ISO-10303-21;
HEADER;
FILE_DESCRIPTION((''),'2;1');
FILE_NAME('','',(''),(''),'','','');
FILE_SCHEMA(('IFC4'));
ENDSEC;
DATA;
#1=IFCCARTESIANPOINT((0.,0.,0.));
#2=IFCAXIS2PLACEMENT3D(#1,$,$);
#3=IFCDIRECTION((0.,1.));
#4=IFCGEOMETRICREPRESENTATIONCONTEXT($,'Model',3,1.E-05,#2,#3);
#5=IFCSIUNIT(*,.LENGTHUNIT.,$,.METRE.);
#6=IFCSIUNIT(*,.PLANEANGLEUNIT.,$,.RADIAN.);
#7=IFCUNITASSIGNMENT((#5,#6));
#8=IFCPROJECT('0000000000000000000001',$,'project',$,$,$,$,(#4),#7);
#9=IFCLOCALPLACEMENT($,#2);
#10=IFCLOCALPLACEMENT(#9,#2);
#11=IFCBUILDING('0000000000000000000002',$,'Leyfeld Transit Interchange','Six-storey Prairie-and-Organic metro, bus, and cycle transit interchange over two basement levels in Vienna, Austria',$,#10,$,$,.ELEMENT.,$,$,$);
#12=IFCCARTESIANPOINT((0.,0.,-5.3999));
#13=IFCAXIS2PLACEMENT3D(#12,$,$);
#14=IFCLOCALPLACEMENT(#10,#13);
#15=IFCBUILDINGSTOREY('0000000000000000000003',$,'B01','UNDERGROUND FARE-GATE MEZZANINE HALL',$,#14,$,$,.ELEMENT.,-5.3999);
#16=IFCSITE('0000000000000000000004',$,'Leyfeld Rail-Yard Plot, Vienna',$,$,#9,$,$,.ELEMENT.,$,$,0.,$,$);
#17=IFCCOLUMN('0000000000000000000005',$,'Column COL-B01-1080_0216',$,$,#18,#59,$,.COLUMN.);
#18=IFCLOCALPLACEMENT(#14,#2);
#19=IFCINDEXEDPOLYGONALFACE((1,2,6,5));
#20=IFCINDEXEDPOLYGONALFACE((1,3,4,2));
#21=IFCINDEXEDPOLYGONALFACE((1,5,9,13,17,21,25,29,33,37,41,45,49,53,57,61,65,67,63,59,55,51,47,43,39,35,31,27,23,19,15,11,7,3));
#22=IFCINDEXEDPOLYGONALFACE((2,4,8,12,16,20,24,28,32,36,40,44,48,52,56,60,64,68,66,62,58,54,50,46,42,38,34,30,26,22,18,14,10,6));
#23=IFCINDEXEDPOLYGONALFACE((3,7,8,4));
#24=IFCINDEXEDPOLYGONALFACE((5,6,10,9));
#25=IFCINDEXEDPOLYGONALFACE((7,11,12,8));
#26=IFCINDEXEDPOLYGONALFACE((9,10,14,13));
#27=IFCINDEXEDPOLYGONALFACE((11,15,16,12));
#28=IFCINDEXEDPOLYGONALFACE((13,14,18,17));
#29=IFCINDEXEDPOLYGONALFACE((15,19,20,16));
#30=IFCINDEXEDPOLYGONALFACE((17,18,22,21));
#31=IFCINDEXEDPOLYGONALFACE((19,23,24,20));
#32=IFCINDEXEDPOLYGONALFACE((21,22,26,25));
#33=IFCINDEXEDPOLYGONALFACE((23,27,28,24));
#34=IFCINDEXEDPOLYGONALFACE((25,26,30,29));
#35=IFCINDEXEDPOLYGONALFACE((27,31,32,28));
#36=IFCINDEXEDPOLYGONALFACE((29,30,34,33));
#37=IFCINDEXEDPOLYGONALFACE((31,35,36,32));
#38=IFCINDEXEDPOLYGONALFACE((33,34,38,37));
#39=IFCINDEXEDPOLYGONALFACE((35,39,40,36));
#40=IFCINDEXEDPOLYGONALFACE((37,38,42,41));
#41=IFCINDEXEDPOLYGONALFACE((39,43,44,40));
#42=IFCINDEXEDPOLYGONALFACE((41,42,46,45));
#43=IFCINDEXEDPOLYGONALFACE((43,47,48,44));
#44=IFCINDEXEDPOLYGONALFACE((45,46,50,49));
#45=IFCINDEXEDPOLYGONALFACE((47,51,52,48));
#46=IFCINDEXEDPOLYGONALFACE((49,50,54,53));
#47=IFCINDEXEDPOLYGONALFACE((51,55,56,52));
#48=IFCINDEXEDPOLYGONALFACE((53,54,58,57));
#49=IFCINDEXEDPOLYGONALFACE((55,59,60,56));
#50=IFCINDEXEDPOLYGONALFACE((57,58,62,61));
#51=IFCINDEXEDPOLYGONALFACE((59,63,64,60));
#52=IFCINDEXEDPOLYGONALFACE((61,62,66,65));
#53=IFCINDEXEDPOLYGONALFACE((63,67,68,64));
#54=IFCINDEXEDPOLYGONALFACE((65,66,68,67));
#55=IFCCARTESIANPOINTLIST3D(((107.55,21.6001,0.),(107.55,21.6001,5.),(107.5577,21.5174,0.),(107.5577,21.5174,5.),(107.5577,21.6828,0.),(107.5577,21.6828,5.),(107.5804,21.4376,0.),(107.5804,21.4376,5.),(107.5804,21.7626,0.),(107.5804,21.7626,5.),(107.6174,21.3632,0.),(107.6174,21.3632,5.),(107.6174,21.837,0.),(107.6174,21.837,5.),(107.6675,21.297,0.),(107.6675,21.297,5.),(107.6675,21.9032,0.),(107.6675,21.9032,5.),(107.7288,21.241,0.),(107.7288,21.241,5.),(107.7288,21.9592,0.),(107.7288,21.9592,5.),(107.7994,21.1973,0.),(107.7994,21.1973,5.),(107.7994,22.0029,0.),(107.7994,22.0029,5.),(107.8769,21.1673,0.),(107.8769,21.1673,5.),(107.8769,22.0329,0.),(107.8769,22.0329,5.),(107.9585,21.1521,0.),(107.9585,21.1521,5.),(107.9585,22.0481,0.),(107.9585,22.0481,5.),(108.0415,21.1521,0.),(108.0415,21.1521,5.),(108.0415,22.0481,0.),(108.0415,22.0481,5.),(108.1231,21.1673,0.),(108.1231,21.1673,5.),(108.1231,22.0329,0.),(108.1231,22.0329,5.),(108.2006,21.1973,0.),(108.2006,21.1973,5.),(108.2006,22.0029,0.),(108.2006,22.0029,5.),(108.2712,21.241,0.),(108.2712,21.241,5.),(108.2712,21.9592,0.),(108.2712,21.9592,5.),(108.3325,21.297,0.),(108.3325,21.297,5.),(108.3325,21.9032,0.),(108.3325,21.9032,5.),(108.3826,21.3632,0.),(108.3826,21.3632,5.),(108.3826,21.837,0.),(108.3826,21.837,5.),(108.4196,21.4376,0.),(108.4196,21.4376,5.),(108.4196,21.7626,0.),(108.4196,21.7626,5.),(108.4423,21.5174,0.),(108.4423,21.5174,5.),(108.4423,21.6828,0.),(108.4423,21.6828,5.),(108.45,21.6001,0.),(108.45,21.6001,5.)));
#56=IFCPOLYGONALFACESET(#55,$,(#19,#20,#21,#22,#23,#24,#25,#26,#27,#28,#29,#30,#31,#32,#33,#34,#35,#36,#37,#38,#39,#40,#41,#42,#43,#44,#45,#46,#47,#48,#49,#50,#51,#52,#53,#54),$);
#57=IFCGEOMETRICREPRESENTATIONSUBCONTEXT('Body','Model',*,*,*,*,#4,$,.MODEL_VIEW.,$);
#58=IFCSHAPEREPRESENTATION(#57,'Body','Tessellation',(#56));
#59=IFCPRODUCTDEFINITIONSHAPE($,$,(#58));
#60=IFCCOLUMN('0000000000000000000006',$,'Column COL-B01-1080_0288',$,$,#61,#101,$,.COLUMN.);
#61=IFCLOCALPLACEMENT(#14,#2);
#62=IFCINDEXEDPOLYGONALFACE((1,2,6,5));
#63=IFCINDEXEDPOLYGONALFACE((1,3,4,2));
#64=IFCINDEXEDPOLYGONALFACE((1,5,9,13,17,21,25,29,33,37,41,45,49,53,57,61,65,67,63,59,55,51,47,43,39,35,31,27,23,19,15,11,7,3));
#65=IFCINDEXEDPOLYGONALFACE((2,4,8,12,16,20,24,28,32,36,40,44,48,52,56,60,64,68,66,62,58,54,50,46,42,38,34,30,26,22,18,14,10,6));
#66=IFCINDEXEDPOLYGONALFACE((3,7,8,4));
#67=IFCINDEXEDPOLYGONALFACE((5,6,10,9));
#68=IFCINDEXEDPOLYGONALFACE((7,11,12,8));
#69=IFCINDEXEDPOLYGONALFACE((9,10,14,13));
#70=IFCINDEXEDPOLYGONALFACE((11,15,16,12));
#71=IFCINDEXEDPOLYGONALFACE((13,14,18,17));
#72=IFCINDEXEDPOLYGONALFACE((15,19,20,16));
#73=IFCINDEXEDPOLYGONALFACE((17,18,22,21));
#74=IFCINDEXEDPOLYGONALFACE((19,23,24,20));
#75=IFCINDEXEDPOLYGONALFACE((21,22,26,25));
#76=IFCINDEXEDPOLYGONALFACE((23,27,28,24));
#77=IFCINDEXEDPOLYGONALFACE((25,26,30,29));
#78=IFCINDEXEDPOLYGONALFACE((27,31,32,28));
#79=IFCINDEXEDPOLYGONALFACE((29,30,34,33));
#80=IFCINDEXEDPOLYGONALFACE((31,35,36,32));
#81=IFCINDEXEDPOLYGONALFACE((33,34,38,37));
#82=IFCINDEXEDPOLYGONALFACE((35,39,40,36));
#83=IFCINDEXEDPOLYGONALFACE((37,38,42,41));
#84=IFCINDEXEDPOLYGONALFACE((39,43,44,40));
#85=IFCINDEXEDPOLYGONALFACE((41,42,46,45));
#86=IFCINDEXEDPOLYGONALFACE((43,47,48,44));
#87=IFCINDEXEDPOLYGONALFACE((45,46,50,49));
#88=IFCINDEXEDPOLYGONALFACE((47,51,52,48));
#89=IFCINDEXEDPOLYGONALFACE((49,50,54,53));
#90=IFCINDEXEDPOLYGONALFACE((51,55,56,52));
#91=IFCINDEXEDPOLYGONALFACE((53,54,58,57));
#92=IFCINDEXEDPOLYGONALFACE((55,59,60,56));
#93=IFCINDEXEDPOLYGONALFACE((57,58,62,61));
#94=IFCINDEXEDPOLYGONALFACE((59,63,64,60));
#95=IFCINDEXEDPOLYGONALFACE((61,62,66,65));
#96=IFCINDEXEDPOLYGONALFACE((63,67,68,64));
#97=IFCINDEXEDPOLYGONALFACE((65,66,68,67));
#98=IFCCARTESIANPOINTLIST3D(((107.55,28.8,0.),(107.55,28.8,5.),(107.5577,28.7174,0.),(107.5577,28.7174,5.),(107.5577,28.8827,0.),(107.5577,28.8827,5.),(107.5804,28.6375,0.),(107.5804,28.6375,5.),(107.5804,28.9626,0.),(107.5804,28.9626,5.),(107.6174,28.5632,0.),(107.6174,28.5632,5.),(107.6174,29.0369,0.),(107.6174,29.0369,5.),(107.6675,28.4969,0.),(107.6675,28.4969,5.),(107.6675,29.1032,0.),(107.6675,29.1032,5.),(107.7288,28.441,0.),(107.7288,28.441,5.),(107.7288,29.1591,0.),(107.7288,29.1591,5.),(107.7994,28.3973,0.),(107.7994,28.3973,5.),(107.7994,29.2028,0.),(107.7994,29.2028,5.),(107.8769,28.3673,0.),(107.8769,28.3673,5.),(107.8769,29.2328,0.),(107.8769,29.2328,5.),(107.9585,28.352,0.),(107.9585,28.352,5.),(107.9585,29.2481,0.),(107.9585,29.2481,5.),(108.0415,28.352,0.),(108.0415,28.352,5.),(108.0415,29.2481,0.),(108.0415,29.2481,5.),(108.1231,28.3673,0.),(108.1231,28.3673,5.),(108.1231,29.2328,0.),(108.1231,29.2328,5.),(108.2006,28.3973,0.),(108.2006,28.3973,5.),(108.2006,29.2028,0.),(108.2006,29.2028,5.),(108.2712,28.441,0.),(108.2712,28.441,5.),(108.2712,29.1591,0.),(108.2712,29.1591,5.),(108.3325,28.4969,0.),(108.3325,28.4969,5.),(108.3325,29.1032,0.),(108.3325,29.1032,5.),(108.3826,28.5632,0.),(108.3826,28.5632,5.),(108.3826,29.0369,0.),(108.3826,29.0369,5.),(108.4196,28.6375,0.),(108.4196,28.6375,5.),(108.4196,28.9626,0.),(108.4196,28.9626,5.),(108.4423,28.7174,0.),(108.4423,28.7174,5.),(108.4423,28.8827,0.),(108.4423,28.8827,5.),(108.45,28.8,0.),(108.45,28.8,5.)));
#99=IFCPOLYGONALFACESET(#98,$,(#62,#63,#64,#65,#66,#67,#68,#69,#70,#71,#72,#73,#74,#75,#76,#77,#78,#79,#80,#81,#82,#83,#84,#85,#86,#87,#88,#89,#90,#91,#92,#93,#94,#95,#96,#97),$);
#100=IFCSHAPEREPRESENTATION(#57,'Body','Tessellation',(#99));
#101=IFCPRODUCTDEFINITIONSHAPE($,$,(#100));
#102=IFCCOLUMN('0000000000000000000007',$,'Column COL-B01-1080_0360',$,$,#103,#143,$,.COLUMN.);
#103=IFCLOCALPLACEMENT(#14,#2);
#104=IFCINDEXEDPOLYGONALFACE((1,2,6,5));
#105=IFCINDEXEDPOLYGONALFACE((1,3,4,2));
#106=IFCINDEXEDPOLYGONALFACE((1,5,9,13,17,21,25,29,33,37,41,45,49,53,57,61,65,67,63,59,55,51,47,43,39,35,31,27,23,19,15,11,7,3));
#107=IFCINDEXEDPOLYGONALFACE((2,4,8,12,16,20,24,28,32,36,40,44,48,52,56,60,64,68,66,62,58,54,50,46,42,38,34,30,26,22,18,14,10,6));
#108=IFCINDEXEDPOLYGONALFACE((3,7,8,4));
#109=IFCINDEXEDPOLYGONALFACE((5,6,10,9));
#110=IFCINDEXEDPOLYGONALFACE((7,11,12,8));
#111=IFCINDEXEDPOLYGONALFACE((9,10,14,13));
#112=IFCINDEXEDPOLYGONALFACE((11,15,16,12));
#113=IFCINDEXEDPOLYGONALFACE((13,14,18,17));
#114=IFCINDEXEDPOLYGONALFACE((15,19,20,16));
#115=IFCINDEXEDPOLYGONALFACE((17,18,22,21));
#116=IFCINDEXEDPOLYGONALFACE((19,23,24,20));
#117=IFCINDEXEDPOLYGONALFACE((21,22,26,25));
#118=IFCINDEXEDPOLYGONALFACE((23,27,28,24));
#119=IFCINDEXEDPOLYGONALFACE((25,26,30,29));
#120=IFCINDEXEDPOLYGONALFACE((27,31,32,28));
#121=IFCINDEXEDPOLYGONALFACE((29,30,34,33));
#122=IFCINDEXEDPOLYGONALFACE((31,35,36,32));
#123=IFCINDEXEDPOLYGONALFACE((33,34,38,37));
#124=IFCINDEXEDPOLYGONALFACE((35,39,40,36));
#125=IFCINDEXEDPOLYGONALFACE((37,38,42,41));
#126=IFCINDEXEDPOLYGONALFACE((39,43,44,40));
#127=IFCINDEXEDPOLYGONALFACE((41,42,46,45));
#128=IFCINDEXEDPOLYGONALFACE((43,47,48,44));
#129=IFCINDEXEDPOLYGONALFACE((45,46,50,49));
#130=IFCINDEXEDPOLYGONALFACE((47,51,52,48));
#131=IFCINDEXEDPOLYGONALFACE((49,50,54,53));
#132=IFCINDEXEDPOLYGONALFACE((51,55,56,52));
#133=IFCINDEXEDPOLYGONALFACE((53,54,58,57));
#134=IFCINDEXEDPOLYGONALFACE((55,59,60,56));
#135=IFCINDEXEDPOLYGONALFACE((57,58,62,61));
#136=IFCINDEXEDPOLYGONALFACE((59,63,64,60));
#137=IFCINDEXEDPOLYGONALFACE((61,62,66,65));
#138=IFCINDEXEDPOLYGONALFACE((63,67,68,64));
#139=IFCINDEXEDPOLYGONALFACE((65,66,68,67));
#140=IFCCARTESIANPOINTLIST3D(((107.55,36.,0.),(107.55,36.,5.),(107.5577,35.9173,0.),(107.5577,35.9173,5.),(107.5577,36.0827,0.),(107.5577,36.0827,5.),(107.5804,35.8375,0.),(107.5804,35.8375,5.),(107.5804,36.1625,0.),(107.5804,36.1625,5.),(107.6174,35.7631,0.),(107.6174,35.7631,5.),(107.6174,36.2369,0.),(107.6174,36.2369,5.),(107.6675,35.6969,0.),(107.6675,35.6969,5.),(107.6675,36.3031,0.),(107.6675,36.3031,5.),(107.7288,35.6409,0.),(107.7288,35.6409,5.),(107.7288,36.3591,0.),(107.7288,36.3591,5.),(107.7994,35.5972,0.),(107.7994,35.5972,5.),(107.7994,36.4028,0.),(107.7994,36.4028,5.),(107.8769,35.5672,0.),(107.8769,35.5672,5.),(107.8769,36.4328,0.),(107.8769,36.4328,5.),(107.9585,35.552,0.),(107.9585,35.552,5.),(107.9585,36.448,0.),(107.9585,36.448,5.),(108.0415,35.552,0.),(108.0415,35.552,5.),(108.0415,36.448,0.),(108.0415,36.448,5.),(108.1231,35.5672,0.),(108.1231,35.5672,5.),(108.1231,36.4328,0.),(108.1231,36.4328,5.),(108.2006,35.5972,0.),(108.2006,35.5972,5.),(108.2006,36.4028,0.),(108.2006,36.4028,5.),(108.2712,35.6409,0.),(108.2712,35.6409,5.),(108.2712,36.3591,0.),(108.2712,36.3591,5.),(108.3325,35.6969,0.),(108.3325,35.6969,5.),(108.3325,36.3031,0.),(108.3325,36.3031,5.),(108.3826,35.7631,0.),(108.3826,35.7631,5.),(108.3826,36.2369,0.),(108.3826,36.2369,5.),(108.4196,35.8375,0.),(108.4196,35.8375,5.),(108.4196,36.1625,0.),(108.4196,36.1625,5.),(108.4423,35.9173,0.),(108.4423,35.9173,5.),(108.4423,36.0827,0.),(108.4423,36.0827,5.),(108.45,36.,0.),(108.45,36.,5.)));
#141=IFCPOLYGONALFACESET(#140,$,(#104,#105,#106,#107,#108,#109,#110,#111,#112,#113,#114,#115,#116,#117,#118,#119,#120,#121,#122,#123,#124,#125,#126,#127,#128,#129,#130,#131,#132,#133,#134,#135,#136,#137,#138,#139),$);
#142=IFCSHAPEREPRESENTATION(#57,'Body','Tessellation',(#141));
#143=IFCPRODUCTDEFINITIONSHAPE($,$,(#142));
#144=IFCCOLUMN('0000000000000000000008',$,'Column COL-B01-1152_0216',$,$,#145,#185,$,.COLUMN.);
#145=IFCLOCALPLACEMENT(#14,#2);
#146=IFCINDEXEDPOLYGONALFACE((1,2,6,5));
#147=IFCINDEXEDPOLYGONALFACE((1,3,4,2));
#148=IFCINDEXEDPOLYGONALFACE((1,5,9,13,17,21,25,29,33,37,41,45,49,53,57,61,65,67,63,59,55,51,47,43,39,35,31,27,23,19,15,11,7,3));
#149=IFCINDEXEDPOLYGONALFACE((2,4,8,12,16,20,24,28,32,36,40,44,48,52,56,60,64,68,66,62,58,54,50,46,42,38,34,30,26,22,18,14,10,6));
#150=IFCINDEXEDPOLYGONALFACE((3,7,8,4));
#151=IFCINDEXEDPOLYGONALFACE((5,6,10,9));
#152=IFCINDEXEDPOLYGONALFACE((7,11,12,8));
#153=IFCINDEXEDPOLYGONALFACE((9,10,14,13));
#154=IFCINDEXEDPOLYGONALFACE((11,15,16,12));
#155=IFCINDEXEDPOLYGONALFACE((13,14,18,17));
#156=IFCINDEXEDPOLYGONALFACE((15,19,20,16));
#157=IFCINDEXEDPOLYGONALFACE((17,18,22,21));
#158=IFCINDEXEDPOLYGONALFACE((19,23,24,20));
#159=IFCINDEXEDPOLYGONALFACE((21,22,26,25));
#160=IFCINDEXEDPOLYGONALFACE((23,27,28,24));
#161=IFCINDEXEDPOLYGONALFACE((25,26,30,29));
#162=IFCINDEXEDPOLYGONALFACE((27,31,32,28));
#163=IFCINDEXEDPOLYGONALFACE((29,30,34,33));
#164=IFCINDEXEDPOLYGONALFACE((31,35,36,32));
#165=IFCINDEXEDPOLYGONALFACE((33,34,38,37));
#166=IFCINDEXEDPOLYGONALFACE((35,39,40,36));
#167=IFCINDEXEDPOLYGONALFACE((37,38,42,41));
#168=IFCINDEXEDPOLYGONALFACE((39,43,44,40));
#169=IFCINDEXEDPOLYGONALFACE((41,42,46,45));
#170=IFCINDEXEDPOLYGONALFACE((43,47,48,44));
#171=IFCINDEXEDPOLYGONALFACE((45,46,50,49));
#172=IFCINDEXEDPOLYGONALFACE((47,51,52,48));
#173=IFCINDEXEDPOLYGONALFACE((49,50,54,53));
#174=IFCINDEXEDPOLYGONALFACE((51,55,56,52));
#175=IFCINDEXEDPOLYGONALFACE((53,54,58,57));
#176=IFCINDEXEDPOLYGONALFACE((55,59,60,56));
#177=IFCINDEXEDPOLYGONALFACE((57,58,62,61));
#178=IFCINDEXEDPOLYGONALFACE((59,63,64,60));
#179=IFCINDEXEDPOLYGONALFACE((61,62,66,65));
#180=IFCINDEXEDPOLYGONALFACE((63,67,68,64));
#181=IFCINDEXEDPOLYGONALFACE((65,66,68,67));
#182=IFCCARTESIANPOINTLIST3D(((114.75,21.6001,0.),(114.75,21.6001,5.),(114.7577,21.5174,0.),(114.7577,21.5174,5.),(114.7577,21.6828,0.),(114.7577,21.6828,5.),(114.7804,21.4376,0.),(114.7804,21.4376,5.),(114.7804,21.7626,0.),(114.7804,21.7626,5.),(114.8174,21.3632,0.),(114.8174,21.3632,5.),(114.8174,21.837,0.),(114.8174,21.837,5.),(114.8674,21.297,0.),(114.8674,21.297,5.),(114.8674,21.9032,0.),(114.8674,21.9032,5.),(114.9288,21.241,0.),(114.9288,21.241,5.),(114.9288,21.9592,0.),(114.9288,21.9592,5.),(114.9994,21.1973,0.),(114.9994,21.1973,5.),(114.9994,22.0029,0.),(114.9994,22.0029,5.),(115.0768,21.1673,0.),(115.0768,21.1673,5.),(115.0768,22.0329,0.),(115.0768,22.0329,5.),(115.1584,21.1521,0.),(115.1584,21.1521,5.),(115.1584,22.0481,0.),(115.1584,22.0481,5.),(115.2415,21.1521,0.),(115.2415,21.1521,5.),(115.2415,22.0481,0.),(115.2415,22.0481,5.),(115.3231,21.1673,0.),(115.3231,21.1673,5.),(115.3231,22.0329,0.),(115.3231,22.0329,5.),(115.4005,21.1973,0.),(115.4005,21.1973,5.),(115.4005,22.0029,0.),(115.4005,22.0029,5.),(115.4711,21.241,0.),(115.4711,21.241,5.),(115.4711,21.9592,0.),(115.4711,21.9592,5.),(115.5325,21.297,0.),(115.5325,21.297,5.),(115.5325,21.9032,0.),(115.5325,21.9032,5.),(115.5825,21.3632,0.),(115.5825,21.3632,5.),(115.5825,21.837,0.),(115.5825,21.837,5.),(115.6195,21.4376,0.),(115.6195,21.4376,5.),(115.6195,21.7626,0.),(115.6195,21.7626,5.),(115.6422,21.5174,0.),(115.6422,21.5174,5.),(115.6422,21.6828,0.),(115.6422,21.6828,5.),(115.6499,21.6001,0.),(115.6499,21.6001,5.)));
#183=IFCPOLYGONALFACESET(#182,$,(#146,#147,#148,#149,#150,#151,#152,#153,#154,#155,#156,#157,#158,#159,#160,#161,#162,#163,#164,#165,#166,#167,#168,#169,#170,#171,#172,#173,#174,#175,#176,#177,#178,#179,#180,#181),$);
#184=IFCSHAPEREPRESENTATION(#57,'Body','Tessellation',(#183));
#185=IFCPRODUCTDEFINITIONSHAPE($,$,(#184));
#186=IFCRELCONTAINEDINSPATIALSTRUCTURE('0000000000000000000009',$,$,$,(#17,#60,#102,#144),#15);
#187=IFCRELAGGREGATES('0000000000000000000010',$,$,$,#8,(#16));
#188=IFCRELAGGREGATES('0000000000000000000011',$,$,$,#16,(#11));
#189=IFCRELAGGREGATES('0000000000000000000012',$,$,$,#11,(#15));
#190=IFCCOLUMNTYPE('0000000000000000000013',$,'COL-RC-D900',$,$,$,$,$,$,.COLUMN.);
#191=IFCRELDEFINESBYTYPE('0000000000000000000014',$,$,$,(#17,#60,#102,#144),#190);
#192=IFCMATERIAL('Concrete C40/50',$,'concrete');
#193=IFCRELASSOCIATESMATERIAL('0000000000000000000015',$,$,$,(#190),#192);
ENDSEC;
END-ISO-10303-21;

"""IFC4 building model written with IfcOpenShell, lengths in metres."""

from ifc_helpers import new_model, si_unit, direction, frame, origin, origin_2d, place, context, subcontext, project, spatial, circle, extrude, material, material_profile, profile_set, type_object, element, save


model = new_model("IFC4")

# Units and contexts
model_context = context("Model", 3, precision=1e-05, world=origin(), true_north=direction((0.0, 1.0)))
body_context = subcontext(model_context, "Body", "Model", "MODEL_VIEW")
ifc_project = project(units=[si_unit("LENGTHUNIT", "METRE"), si_unit("PLANEANGLEUNIT", "RADIAN")], contexts=[model_context])

# Site, building, storey
site_placement = place(None, origin())
site = spatial("IfcSite", under=ifc_project, at=site_placement, Name="Leyfeld Rail-Yard Plot, Vienna", CompositionType="ELEMENT", RefElevation=0.0)
building_placement = place(site_placement, origin())
building = spatial("IfcBuilding", under=site, at=building_placement, Name="Leyfeld Transit Interchange", Description="Six-storey Prairie-and-Organic metro, bus, and cycle transit interchange over two basement levels in Vienna, Austria", CompositionType="ELEMENT")
storey_placement = place(building_placement, frame((0.0, 0.0, -5.3999)))
storey = spatial("IfcBuildingStorey", under=building, at=storey_placement, Name="B01", Description="UNDERGROUND FARE-GATE MEZZANINE HALL", CompositionType="ELEMENT", Elevation=-5.3999)

# Columns
ifc_material_1 = material(Name="Concrete C40/50", Category="concrete")
ifc_material_profile_1 = material_profile(ifc_material_1, circle(Radius=0.45, at=origin_2d()), Name="RC D900")
ifc_profile_set_1 = profile_set([ifc_material_profile_1], Name="Concrete C40/50")
column_type_1 = type_object("IfcColumnType", Name="COL-RC-D900", PredefinedType="COLUMN", material=ifc_profile_set_1)
for number, where, z_axis, x_axis, name in (
    (1, (108.0, 21.6001, 0.0), (0.0, 0.0, 1.0), (1.0, 0.0, 0.0), "Column COL-B01-1080_0216"),
    (2, (108.0, 28.8, 0.0), (0.0, 0.0, 1.0), (1.0, 0.0, 0.0), "Column COL-B01-1080_0288"),
    (3, (108.0, 36.0, 0.0), (0.0, 0.0, 1.0), (1.0, 0.0, 0.0), "Column COL-B01-1080_0360"),
    (4, (115.2, 21.6001, 0.0), (0.0, 0.0, 1.0), (1.0, 0.0, 0.0), "Column COL-B01-1152_0216"),
):
    element("IfcColumn", number, at=place(storey_placement, frame(where, z_axis=z_axis, x_axis=x_axis)), inside=storey, type_object=column_type_1, Name=name, PredefinedType="COLUMN", context=body_context, shape_type="SweptSolid", body=[
        extrude(circle(Radius=0.45, at=origin_2d()), origin(), (0.0, 0.0, 1.0), 5.0),
    ])

save(model, "model.ifc")
